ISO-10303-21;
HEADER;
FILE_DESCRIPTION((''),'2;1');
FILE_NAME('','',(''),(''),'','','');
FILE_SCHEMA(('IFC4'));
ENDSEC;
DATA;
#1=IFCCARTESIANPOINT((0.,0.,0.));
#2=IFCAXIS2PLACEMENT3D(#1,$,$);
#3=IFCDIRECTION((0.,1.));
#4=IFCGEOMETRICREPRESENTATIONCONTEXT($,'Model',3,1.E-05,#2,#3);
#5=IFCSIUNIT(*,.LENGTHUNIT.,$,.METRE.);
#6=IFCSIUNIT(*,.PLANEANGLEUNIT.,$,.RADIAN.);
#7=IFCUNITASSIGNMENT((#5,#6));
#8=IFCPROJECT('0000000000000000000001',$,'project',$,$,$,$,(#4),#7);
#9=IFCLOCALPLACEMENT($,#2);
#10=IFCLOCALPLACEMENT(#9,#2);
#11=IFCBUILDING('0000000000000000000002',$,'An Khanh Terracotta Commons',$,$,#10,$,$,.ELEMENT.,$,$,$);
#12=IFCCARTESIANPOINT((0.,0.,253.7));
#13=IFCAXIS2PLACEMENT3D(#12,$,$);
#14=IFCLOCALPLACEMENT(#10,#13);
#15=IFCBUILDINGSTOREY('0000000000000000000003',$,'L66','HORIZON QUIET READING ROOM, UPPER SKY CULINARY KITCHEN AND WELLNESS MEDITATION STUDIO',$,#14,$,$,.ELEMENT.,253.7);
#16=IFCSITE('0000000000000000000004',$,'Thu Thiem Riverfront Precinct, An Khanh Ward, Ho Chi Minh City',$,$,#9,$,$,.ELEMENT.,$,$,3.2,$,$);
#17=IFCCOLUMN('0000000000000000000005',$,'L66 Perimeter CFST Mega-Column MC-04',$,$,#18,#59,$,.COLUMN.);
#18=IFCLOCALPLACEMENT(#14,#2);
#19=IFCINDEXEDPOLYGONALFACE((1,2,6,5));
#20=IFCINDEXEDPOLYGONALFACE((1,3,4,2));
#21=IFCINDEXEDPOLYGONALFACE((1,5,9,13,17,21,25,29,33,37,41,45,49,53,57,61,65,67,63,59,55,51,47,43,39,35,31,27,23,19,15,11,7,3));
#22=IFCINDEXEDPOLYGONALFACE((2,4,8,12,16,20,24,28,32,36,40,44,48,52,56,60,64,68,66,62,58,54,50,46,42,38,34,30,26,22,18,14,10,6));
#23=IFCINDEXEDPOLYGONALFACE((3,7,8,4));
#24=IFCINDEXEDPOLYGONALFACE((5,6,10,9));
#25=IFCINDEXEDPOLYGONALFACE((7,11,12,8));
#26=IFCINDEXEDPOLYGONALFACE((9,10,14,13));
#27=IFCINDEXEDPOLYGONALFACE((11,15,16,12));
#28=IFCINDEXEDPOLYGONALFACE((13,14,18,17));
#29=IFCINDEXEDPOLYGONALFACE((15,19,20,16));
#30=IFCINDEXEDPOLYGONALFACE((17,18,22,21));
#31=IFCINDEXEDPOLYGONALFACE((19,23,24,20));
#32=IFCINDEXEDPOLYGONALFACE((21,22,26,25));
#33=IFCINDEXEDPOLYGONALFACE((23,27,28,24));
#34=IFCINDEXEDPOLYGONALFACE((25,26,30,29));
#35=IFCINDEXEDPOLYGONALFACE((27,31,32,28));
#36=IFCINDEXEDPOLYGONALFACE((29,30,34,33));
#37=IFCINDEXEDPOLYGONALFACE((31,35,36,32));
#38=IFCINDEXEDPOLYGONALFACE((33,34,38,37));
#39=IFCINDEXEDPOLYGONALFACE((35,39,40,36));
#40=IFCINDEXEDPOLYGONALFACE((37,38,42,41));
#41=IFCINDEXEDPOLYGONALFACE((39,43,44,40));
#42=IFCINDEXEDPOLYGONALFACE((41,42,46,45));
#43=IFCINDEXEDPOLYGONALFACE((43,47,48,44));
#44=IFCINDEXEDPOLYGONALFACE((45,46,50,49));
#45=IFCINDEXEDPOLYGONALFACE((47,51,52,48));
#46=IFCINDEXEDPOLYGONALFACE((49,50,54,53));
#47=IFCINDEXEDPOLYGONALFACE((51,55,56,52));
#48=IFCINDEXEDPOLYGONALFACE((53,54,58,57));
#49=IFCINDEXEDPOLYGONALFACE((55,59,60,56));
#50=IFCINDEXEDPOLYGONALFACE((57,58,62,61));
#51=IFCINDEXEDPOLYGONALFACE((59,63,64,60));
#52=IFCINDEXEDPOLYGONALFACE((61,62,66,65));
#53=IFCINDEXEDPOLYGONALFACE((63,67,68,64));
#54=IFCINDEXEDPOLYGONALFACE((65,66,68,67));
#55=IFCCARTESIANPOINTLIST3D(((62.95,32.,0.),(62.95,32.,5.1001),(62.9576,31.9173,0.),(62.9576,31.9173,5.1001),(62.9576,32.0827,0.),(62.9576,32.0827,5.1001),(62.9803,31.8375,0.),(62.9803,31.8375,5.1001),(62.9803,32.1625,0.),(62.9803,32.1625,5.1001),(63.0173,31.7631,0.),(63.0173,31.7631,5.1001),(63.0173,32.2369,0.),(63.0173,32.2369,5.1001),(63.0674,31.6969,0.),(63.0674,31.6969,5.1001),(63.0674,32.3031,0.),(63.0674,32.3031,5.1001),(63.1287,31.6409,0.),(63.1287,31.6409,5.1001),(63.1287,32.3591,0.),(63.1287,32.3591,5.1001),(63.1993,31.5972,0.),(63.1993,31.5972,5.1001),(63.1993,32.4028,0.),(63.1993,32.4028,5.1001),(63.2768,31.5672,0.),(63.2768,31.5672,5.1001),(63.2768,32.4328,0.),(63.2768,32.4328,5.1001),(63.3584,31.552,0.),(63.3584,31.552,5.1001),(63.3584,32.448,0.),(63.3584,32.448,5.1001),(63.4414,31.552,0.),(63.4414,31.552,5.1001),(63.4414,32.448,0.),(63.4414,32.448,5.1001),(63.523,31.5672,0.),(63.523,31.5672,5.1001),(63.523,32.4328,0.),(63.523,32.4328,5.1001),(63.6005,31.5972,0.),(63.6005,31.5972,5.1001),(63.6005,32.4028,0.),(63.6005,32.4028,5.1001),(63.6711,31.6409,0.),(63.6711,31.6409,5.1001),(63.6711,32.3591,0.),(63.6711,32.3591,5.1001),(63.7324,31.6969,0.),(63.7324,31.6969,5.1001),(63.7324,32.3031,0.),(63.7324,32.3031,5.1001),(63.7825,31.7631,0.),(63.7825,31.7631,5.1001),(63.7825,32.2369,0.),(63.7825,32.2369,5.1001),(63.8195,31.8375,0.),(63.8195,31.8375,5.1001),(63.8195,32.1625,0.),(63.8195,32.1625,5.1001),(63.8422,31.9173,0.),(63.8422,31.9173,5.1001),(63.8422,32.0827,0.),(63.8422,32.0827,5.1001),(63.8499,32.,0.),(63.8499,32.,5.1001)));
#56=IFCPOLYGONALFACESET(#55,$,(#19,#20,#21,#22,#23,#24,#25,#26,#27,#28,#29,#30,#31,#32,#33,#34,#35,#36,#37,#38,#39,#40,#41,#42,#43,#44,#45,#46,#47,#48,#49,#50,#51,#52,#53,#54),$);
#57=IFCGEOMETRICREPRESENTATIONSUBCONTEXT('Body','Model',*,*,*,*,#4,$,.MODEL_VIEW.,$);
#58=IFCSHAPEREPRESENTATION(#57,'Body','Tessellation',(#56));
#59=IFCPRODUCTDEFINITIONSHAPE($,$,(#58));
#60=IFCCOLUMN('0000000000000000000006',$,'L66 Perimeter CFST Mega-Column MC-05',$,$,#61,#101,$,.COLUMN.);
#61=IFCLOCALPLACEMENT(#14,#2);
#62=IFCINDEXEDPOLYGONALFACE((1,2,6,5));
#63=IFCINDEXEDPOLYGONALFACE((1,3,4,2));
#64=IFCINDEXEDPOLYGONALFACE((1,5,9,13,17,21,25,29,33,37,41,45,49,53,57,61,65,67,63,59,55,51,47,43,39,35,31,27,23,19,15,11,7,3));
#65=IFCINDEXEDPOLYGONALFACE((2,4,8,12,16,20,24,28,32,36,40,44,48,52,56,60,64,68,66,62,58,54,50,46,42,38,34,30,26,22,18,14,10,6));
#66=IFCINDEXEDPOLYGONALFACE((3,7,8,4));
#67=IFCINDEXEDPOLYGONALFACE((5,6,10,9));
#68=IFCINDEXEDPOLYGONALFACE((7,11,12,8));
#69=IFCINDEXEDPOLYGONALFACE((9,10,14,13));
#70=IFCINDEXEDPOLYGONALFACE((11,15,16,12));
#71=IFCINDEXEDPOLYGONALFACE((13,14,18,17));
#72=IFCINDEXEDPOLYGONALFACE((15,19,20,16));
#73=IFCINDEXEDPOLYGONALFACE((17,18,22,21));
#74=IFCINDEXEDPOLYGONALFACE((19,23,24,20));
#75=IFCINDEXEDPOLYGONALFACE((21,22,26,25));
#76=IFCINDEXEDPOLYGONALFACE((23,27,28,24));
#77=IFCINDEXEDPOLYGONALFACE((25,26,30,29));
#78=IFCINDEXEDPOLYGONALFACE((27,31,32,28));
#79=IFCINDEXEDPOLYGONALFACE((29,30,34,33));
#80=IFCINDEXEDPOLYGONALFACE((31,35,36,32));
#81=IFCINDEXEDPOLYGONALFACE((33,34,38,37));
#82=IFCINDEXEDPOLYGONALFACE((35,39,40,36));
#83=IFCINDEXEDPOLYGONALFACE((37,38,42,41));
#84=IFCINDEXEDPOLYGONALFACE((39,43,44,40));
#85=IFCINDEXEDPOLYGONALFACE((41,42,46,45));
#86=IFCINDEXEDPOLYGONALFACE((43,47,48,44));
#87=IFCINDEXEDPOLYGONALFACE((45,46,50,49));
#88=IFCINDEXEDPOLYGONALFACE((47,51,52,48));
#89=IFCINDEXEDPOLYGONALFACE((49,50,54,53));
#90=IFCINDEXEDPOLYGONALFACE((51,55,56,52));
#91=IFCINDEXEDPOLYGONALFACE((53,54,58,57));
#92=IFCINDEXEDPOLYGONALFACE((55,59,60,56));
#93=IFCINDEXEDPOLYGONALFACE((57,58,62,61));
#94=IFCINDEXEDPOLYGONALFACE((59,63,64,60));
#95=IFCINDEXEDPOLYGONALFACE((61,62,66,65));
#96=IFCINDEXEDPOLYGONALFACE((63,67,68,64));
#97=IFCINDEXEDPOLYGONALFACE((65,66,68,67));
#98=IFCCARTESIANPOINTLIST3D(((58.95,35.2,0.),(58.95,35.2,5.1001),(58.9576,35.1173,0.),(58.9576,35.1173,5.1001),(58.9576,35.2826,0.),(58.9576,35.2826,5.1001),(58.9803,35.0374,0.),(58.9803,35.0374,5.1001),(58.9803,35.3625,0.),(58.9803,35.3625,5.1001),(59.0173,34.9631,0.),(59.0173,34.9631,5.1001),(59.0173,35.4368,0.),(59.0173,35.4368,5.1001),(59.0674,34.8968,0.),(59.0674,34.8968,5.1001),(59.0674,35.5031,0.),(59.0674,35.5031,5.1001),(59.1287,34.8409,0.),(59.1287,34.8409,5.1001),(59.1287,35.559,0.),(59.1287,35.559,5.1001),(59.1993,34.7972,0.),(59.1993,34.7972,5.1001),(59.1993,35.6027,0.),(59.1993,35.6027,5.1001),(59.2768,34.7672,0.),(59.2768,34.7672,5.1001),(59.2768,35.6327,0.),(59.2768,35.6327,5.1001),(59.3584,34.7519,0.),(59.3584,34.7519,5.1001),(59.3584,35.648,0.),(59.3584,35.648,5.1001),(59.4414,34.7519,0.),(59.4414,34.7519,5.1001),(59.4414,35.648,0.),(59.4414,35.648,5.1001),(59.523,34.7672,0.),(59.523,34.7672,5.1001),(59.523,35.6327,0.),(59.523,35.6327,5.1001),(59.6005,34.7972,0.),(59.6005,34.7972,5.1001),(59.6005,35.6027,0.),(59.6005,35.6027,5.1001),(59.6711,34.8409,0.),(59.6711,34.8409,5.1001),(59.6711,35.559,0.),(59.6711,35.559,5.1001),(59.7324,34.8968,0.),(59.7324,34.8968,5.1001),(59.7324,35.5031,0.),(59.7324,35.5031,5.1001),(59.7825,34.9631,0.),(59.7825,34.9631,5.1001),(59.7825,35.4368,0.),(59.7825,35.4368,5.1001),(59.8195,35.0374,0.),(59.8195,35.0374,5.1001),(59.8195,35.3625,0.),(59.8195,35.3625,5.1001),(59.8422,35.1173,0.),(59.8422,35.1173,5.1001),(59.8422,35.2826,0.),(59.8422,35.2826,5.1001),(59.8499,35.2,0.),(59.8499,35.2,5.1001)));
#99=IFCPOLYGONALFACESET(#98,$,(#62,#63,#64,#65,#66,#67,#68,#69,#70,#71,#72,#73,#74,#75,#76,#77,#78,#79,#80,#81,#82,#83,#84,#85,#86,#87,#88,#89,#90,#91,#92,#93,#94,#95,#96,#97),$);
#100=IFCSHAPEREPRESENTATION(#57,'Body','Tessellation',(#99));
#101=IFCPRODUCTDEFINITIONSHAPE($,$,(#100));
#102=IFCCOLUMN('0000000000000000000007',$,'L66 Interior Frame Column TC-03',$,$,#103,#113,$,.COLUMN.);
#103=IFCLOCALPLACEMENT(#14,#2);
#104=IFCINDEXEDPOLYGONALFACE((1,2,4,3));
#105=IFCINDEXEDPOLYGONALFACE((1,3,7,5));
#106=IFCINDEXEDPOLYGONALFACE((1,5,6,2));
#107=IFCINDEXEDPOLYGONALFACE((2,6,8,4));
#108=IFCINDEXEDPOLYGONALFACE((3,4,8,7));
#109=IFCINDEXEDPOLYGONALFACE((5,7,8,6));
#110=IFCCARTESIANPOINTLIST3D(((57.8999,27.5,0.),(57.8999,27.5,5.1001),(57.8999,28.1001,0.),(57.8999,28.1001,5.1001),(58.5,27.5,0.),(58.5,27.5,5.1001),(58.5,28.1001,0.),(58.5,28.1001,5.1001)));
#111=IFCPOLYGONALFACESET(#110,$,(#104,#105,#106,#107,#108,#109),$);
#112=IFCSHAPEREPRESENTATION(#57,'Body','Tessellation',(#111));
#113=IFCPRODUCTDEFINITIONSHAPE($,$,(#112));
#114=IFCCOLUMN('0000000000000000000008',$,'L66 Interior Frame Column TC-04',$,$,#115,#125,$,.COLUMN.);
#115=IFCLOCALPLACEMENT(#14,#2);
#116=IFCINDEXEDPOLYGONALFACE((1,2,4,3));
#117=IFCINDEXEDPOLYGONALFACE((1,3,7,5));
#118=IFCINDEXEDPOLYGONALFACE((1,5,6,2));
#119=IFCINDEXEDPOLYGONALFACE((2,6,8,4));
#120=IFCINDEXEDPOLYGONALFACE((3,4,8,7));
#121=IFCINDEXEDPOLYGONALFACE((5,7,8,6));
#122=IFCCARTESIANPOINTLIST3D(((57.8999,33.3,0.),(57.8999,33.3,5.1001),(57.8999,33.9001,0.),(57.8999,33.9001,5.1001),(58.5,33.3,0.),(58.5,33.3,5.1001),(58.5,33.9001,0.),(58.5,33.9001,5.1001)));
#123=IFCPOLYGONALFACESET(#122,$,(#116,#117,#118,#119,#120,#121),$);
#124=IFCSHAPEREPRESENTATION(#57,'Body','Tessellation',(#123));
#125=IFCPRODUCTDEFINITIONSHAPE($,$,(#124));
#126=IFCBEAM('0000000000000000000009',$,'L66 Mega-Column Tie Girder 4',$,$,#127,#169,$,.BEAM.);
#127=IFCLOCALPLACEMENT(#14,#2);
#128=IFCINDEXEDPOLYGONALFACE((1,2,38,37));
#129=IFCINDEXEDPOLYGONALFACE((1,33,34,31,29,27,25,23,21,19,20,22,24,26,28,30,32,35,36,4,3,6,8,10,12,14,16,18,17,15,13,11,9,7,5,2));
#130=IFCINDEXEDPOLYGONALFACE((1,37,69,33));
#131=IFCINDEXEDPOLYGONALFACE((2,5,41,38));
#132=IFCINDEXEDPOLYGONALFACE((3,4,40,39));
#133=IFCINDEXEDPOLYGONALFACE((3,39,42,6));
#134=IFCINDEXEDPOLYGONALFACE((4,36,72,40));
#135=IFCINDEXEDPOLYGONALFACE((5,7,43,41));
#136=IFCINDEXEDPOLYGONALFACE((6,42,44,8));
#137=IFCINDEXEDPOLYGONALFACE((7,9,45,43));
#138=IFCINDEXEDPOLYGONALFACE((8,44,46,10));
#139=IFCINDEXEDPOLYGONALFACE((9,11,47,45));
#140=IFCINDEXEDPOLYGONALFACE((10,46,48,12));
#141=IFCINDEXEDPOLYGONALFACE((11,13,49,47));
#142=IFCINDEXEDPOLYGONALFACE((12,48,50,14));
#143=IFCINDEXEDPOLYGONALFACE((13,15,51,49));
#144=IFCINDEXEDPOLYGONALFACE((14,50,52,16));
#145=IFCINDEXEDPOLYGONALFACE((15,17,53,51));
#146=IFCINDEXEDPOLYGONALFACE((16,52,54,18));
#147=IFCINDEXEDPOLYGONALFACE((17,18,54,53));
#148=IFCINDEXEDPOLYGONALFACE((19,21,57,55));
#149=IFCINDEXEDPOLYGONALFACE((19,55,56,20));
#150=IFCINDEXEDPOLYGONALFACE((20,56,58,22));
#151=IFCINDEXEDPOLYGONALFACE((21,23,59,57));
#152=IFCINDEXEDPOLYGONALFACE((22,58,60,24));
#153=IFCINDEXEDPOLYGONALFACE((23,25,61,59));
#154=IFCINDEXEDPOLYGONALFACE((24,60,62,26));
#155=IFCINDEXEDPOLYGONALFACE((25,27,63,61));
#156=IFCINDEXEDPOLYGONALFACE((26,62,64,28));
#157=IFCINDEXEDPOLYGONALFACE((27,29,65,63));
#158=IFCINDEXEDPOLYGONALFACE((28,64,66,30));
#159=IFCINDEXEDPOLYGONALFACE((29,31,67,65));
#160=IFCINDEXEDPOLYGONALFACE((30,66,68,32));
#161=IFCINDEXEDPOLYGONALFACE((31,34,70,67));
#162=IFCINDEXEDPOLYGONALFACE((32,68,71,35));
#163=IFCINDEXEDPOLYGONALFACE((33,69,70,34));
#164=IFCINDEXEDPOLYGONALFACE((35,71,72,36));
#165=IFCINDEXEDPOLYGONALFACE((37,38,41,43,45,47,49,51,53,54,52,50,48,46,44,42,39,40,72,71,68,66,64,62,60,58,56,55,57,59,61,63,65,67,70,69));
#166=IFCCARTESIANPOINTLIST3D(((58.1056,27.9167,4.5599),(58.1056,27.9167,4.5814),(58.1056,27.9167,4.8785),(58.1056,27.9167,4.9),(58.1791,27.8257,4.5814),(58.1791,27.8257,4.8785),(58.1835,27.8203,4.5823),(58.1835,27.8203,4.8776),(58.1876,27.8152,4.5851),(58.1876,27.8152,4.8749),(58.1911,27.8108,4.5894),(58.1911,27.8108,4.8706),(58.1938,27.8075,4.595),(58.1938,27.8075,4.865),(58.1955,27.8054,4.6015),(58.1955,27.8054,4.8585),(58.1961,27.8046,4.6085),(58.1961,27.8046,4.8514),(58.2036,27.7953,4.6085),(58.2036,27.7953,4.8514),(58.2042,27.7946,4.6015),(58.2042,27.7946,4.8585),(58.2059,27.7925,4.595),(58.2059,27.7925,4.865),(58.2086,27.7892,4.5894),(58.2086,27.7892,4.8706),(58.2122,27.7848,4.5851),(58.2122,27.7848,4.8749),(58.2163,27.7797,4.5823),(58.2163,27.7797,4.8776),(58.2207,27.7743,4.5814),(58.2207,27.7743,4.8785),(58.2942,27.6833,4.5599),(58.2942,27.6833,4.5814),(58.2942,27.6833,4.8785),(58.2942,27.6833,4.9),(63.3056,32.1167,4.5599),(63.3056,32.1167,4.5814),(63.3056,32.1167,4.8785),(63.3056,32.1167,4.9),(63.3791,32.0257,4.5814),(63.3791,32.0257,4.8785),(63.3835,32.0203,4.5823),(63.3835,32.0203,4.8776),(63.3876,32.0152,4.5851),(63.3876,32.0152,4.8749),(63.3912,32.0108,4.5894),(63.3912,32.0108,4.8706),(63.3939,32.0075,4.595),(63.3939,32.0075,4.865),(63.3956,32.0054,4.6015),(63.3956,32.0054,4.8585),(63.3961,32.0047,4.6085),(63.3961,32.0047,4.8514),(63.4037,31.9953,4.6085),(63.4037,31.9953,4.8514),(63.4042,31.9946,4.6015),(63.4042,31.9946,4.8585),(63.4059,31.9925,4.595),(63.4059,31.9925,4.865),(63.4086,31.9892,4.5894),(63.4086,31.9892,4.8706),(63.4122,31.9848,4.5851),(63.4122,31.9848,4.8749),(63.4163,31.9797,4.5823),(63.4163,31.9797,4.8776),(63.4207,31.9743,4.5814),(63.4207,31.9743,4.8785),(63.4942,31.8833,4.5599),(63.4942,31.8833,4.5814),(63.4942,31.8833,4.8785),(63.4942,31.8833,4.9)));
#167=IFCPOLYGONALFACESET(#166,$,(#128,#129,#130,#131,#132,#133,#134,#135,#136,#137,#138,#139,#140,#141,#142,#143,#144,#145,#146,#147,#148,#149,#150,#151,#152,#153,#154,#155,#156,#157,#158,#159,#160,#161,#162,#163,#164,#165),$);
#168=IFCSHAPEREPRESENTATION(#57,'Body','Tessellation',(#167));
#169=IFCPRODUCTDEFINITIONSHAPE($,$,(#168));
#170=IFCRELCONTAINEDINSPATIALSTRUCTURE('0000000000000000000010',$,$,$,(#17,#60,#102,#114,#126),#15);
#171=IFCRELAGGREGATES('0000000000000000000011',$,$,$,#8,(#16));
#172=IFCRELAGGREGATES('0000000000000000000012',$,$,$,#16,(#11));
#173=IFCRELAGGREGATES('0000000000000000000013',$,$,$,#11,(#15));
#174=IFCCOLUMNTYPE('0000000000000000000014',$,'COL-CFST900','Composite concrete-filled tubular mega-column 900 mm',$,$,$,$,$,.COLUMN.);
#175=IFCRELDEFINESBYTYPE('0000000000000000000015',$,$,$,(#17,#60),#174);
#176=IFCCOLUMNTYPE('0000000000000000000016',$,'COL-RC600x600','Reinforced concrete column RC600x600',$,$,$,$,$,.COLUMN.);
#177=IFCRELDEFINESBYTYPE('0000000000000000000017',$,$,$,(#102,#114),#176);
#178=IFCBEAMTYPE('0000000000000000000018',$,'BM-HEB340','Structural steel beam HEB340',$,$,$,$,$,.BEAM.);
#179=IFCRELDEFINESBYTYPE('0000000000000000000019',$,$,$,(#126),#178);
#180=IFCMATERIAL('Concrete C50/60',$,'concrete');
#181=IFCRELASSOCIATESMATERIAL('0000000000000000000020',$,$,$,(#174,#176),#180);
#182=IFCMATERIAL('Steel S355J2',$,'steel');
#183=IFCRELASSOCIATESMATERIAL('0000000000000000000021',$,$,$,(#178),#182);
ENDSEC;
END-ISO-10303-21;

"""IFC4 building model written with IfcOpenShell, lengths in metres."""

from ifc_helpers import new_model, si_unit, direction, frame, origin, origin_2d, place, context, subcontext, project, spatial, rectangle, circle, i_section, extrude, material, material_profile, profile_set, type_object, element, save


model = new_model("IFC4")

# Units and contexts
model_context = context("Model", 3, precision=1e-05, world=origin(), true_north=direction((0.0, 1.0)))
body_context = subcontext(model_context, "Body", "Model", "MODEL_VIEW")
ifc_project = project(units=[si_unit("LENGTHUNIT", "METRE"), si_unit("PLANEANGLEUNIT", "RADIAN")], contexts=[model_context])

# Site, building, storey
site_placement = place(None, origin())
site = spatial("IfcSite", under=ifc_project, at=site_placement, Name="Thu Thiem Riverfront Precinct, An Khanh Ward, Ho Chi Minh City", CompositionType="ELEMENT", RefElevation=3.2)
building_placement = place(site_placement, origin())
building = spatial("IfcBuilding", under=site, at=building_placement, Name="An Khanh Terracotta Commons", CompositionType="ELEMENT")
storey_placement = place(building_placement, frame((0.0, 0.0, 253.7)))
storey = spatial("IfcBuildingStorey", under=building, at=storey_placement, Name="L66", Description="HORIZON QUIET READING ROOM, UPPER SKY CULINARY KITCHEN AND WELLNESS MEDITATION STUDIO", CompositionType="ELEMENT", Elevation=253.7)

# Columns
ifc_material_1 = material(Name="Concrete C50/60", Category="concrete")
ifc_material_profile_1 = material_profile(ifc_material_1, circle(Radius=0.45, at=origin_2d()), Name="CFST900")
ifc_profile_set_1 = profile_set([ifc_material_profile_1], Name="Concrete C50/60")
column_type_1 = type_object("IfcColumnType", Name="COL-CFST900", Description="Composite concrete-filled tubular mega-column 900 mm", PredefinedType="COLUMN", material=ifc_profile_set_1)
for number, where, z_axis, x_axis, name in (
    (1, (63.3999, 32.0, 0.0), (0.0, 0.0, 1.0), (1.0, 0.0, 0.0), "L66 Perimeter CFST Mega-Column MC-04"),
    (2, (59.3999, 35.2, 0.0), (0.0, 0.0, 1.0), (1.0, 0.0, 0.0), "L66 Perimeter CFST Mega-Column MC-05"),
):
    element("IfcColumn", number, at=place(storey_placement, frame(where, z_axis=z_axis, x_axis=x_axis)), inside=storey, type_object=column_type_1, Name=name, PredefinedType="COLUMN", context=body_context, shape_type="SweptSolid", body=[
        extrude(circle(Radius=0.45, at=origin_2d()), origin(), (0.0, 0.0, 1.0), 5.1001),
    ])
ifc_material_profile_2 = material_profile(ifc_material_1, rectangle(XDim=0.6001, YDim=0.6001, at=origin_2d()), Name="RC600x600")
ifc_profile_set_2 = profile_set([ifc_material_profile_2], Name="Concrete C50/60")
column_type_2 = type_object("IfcColumnType", Name="COL-RC600x600", Description="Reinforced concrete column RC600x600", PredefinedType="COLUMN", material=ifc_profile_set_2)
for number, where, z_axis, x_axis, name in (
    (3, (58.2, 27.8, 0.0), (0.0, 0.0, 1.0), (1.0, 0.0, 0.0), "L66 Interior Frame Column TC-03"),
    (4, (58.2, 33.6001, 0.0), (0.0, 0.0, 1.0), (1.0, 0.0, 0.0), "L66 Interior Frame Column TC-04"),
):
    element("IfcColumn", number, at=place(storey_placement, frame(where, z_axis=z_axis, x_axis=x_axis)), inside=storey, type_object=column_type_2, Name=name, PredefinedType="COLUMN", context=body_context, shape_type="SweptSolid", body=[
        extrude(rectangle(XDim=0.6001, YDim=0.6001, at=origin_2d()), origin(), (0.0, 0.0, 1.0), 5.1001),
    ])

# Beam
ifc_material_2 = material(Name="Steel S355J2", Category="steel")
ifc_material_profile_3 = material_profile(ifc_material_2, i_section(OverallWidth=0.3, OverallDepth=0.3401, WebThickness=0.012, FlangeThickness=0.0215, FilletRadius=0.0271, at=origin_2d()), Name="HEB340")
ifc_profile_set_3 = profile_set([ifc_material_profile_3], Name="Steel S355J2")
beam_type_1 = type_object("IfcBeamType", Name="BM-HEB340", Description="Structural steel beam HEB340", PredefinedType="BEAM", material=ifc_profile_set_3)
beam_1_placement = place(storey_placement, frame((63.3999, 32.0, 4.73), z_axis=(-0.777942, -0.628336, 0.0), x_axis=(0.628336, -0.777942, 0.0)))
element("IfcBeam", 5, at=beam_1_placement, inside=storey, type_object=beam_type_1, Name="L66 Mega-Column Tie Girder 4", PredefinedType="BEAM", context=body_context, shape_type="SweptSolid", body=[
    extrude(i_section(OverallWidth=0.3, OverallDepth=0.3401, WebThickness=0.012, FlangeThickness=0.0215, FilletRadius=0.0271, at=origin_2d()), origin(), (0.0, 0.0, 1.0), 6.6843),
])

save(model, "model.ifc")
